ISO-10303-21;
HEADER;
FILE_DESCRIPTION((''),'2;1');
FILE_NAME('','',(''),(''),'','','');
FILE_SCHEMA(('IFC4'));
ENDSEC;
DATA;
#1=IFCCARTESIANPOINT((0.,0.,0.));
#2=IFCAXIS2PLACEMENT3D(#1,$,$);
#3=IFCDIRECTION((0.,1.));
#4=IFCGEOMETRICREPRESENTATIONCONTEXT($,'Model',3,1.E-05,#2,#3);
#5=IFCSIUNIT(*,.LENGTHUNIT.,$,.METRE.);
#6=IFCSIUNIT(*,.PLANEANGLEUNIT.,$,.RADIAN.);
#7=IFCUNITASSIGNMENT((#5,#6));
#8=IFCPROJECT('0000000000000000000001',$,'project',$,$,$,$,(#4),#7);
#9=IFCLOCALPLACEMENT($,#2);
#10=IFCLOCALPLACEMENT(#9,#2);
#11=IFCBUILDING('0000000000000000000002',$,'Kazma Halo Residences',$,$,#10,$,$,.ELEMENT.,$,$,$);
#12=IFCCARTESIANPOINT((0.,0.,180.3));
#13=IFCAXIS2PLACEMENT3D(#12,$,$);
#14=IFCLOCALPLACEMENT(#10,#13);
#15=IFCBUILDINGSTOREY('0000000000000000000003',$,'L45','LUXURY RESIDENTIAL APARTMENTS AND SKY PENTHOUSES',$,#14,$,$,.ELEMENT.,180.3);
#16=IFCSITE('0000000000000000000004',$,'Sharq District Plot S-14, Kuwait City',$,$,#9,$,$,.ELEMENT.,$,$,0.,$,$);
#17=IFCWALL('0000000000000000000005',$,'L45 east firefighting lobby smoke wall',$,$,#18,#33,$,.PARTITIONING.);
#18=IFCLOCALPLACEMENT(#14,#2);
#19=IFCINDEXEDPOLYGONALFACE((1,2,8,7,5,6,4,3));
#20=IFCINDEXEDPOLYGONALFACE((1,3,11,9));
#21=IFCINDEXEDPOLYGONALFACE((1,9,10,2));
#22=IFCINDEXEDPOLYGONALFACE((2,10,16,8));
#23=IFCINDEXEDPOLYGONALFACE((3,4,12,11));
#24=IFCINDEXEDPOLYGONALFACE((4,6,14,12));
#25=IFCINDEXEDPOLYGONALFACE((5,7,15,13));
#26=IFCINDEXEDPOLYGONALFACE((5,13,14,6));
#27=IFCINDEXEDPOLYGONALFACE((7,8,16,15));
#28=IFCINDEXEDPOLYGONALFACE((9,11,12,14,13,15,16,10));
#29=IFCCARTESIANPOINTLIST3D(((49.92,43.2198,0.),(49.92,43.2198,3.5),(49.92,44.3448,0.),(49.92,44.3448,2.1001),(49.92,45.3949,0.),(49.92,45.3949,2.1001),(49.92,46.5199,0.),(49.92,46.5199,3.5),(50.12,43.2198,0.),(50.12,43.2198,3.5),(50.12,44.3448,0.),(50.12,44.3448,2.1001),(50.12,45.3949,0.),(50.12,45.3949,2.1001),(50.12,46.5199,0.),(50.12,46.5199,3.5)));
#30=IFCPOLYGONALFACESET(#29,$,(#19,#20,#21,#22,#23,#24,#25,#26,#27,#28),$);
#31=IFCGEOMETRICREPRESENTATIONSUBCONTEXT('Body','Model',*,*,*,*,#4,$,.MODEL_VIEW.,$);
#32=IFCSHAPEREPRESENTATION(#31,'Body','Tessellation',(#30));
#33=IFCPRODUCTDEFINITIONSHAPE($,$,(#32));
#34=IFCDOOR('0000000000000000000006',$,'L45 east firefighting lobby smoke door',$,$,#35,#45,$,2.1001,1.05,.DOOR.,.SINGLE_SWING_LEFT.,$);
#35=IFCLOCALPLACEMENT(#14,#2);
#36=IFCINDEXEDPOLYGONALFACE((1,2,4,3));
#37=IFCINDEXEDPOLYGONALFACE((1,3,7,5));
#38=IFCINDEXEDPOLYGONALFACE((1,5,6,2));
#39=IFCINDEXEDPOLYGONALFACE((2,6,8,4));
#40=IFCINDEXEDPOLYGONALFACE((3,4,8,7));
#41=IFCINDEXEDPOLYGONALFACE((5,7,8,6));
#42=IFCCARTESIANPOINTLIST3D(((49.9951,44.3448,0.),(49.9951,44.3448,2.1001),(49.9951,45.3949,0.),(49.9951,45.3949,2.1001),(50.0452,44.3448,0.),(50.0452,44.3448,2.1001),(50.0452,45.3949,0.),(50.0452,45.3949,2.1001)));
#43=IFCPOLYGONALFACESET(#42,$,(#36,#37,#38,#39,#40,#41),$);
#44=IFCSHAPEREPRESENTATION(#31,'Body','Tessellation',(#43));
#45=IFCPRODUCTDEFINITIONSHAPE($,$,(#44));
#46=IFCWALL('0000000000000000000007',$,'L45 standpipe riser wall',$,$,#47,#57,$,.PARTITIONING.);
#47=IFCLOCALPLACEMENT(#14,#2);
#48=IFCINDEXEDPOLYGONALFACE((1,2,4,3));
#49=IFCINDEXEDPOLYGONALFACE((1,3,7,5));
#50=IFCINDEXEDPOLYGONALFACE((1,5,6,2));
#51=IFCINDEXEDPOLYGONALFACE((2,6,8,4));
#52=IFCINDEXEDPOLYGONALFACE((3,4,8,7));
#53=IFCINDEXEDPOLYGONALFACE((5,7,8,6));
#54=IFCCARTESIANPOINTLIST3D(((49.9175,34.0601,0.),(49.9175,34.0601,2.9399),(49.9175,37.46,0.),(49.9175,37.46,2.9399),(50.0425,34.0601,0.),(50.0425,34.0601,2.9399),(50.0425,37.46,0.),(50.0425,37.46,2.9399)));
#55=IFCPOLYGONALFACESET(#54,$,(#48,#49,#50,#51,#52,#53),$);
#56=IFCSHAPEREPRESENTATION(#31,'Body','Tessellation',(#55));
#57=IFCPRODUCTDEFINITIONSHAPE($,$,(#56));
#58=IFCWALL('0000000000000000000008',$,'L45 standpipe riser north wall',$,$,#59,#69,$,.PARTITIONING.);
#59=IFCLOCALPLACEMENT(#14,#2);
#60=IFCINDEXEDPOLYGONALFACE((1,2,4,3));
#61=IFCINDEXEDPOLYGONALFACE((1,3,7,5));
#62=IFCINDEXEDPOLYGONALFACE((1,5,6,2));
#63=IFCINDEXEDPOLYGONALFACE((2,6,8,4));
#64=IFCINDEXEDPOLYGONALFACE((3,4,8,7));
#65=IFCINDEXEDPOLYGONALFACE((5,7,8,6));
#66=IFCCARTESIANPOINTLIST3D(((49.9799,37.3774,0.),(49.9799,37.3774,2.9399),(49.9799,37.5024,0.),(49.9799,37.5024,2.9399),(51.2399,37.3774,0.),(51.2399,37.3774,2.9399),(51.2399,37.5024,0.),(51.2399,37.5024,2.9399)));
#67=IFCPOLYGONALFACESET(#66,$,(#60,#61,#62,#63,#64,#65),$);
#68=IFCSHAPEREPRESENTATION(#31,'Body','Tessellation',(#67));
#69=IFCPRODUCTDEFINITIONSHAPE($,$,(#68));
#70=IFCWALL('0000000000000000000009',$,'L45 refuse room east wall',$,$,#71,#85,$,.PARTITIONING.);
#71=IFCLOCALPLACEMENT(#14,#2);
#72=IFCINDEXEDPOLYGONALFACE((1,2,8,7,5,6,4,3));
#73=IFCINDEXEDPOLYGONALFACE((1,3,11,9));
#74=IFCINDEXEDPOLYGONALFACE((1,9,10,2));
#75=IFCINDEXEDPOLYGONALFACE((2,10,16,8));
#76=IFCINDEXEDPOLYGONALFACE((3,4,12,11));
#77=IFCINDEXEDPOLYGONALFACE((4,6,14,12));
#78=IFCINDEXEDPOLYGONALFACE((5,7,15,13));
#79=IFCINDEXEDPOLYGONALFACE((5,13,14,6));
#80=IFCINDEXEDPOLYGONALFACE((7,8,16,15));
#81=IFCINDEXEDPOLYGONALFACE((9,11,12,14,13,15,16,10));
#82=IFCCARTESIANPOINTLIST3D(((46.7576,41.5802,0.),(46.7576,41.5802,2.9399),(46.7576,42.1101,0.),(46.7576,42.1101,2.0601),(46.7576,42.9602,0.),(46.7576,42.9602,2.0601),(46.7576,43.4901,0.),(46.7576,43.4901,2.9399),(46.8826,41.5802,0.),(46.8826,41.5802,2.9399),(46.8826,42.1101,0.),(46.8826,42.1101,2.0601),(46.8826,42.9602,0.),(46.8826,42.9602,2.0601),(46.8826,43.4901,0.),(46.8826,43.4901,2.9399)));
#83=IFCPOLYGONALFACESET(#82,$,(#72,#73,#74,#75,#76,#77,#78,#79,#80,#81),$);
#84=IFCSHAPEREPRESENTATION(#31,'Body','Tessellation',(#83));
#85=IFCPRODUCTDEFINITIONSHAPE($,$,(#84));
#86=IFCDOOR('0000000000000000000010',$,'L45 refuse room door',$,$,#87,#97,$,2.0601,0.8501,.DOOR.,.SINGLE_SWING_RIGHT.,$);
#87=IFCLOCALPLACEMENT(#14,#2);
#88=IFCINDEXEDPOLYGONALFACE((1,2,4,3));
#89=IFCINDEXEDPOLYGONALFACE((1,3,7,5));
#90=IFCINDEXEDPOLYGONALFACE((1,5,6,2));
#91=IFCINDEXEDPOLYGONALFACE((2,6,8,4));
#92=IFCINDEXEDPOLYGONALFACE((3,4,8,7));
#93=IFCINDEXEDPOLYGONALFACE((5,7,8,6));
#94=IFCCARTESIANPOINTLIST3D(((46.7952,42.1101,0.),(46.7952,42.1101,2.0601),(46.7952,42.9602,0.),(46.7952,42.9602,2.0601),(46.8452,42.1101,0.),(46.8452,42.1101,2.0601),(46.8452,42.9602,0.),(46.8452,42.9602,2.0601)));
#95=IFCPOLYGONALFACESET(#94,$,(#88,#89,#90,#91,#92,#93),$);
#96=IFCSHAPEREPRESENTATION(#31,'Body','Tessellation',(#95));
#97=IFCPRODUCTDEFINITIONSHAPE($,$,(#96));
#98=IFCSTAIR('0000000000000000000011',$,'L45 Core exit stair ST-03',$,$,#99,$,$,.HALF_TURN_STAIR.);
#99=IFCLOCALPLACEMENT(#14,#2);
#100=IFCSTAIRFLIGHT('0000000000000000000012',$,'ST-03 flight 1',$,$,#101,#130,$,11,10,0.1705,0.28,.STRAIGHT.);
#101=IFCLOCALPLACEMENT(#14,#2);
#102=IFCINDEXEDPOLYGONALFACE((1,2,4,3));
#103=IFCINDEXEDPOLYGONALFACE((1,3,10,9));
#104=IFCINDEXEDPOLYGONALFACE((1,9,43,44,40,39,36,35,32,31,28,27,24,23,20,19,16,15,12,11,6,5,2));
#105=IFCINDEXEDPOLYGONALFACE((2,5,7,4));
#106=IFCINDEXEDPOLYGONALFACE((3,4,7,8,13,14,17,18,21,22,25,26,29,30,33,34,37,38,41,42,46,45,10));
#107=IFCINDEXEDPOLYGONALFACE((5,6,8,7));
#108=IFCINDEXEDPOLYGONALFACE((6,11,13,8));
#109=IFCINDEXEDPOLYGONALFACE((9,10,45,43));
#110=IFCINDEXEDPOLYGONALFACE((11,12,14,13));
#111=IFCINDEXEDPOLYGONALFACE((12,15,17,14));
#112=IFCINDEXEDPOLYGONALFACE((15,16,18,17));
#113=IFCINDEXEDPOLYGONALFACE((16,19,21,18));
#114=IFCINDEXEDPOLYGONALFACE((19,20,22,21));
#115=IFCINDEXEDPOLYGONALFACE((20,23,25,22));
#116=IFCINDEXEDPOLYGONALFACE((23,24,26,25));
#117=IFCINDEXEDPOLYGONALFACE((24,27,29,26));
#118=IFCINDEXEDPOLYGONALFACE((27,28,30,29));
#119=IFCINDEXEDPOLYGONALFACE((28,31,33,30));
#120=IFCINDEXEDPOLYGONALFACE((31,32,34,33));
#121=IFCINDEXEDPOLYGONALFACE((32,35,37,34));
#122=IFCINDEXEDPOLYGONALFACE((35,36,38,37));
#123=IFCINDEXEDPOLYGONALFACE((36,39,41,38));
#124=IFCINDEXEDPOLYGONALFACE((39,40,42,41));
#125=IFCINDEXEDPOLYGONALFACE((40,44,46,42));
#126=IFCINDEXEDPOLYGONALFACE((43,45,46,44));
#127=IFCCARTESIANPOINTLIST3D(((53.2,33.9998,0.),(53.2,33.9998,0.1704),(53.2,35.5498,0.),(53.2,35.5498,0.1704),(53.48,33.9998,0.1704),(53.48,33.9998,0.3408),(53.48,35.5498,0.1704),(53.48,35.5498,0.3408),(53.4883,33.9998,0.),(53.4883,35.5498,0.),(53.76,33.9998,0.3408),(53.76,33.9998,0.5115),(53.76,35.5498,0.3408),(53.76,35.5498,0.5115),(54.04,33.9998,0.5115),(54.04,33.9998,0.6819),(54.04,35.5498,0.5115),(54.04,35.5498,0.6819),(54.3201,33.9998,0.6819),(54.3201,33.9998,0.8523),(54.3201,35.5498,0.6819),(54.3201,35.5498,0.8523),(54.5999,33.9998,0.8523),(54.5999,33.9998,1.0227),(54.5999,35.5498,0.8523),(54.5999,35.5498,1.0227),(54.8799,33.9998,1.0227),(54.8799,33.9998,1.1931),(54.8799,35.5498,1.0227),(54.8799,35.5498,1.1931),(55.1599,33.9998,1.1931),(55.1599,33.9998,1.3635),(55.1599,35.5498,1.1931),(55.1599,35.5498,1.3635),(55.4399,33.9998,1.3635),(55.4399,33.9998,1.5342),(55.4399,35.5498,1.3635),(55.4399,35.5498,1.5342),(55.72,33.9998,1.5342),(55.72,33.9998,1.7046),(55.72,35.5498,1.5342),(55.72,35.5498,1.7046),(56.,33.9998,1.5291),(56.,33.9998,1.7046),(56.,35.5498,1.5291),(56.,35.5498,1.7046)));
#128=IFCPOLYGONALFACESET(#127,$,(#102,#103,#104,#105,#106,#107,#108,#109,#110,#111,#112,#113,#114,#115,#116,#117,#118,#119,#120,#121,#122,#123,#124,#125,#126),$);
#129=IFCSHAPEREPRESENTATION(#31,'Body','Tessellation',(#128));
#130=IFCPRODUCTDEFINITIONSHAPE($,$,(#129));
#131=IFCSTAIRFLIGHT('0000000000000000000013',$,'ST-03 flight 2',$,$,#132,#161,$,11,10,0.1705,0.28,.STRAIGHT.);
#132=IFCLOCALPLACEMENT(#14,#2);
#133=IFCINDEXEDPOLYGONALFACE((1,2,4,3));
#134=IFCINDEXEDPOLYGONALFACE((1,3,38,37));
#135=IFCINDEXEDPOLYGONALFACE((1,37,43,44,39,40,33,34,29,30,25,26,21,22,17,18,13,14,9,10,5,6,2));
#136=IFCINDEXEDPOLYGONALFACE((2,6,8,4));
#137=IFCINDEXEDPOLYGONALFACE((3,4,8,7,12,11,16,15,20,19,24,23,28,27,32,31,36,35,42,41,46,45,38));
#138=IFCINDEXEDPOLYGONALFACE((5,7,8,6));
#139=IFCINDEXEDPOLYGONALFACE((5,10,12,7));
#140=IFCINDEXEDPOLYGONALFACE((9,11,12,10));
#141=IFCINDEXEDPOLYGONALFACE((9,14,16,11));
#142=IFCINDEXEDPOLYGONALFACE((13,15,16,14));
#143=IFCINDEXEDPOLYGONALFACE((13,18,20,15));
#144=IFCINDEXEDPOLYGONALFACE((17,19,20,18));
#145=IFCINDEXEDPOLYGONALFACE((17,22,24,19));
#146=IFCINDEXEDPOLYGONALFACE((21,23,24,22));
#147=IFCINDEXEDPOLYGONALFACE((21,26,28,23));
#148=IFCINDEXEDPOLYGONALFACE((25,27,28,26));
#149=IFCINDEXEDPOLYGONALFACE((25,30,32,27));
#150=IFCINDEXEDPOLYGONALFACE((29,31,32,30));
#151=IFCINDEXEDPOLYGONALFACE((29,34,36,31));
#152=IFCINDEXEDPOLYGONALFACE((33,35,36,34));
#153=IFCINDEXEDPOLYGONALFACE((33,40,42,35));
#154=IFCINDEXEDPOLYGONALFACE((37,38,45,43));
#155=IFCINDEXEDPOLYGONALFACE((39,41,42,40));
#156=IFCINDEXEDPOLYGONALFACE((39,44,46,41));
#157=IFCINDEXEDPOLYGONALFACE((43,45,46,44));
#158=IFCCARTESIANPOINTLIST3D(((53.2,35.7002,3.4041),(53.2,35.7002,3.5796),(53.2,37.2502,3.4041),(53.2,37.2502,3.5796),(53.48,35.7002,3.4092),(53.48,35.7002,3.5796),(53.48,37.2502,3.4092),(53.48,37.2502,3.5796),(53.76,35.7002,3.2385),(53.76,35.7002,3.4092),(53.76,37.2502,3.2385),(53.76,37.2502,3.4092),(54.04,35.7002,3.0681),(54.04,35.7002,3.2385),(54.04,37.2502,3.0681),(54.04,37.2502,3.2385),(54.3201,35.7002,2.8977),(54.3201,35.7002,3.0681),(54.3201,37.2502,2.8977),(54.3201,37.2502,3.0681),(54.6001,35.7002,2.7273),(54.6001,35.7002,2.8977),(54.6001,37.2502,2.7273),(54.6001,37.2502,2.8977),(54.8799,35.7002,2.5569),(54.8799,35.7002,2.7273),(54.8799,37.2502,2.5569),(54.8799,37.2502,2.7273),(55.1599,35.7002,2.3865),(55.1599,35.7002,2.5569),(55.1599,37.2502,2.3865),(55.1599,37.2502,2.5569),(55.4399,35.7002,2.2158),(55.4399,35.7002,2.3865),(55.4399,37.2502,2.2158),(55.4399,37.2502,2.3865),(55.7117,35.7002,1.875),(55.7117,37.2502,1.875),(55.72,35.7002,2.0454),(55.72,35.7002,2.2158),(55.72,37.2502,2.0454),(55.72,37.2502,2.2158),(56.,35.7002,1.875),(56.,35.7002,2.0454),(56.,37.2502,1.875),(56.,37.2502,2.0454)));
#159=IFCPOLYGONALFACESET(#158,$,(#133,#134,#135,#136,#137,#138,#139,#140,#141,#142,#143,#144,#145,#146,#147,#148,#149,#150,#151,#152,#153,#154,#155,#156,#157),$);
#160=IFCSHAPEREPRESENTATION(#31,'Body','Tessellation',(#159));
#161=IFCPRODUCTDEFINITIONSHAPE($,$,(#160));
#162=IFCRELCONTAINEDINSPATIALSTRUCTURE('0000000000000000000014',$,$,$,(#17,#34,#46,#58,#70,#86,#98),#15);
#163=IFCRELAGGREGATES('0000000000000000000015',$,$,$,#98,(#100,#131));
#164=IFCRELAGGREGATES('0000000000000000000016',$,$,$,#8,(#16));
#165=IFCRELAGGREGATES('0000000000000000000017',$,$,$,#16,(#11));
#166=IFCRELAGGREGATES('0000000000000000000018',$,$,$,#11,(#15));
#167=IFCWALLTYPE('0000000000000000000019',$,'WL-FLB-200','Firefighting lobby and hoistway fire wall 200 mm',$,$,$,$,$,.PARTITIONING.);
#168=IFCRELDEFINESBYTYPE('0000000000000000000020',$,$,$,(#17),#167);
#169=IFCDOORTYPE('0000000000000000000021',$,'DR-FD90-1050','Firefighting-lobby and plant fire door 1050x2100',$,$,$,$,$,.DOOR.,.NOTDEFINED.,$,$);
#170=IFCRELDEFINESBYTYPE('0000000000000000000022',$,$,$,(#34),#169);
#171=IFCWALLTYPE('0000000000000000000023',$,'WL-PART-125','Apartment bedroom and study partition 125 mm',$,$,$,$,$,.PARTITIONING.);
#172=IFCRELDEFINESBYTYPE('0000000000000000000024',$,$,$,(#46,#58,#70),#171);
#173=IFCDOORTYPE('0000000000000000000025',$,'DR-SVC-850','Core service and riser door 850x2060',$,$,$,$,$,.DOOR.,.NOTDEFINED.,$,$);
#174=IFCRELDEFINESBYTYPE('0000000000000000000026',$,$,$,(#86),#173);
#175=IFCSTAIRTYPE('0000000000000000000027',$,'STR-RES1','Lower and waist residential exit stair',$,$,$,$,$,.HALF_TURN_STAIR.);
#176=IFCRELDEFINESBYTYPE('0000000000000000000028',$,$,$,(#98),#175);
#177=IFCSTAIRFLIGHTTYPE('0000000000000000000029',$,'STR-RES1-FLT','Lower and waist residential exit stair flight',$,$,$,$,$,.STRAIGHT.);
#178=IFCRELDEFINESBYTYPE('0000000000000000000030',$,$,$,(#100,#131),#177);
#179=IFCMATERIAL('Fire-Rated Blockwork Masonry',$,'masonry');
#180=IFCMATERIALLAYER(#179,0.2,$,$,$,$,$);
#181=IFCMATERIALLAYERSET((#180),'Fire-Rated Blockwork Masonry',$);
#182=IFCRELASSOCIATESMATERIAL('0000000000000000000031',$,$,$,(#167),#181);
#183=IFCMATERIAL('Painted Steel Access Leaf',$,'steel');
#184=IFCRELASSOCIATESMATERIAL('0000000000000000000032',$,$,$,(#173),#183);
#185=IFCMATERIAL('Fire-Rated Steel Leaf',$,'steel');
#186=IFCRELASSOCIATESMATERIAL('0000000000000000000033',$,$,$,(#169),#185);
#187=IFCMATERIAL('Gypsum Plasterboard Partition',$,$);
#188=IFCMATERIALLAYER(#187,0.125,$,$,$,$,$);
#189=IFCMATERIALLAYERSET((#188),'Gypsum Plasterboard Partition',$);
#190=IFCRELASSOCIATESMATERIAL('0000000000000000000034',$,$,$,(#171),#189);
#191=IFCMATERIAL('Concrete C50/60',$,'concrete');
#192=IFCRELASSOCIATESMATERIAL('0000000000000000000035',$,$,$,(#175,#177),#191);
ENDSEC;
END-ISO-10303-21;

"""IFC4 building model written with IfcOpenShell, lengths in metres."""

from ifc_helpers import new_model, si_unit, direction, frame, frame_2d, origin, place, context, subcontext, project, spatial, polyline, rectangle, outline, extrude, material, layer, layer_set, type_object, element, fill, aggregate, save


model = new_model("IFC4")

# Units and contexts
model_context = context("Model", 3, precision=1e-05, world=origin(), true_north=direction((0.0, 1.0)))
body_context = subcontext(model_context, "Body", "Model", "MODEL_VIEW")
ifc_project = project(units=[si_unit("LENGTHUNIT", "METRE"), si_unit("PLANEANGLEUNIT", "RADIAN")], contexts=[model_context])

# Site, building, storey
site_placement = place(None, origin())
site = spatial("IfcSite", under=ifc_project, at=site_placement, Name="Sharq District Plot S-14, Kuwait City", CompositionType="ELEMENT", RefElevation=0.0)
building_placement = place(site_placement, origin())
building = spatial("IfcBuilding", under=site, at=building_placement, Name="Kazma Halo Residences", CompositionType="ELEMENT")
storey_placement = place(building_placement, frame((0.0, 0.0, 180.3)))
storey = spatial("IfcBuildingStorey", under=building, at=storey_placement, Name="L45", Description="LUXURY RESIDENTIAL APARTMENTS AND SKY PENTHOUSES", CompositionType="ELEMENT", Elevation=180.3)

# Shared definitions
ifc_material_1 = material(Name="Fire-Rated Blockwork Masonry", Category="masonry")
ifc_layer_1 = layer(ifc_material_1, 0.2)
ifc_layer_set_1 = layer_set([ifc_layer_1], Name="Fire-Rated Blockwork Masonry")
wall_type_1 = type_object("IfcWallType", Name="WL-FLB-200", Description="Firefighting lobby and hoistway fire wall 200 mm", PredefinedType="PARTITIONING", material=ifc_layer_set_1)

# Shared definitions
ifc_material_2 = material(Name="Painted Steel Access Leaf", Category="steel")
door_type_1 = type_object("IfcDoorType", Name="DR-SVC-850", Description="Core service and riser door 850x2060", OperationType="NOTDEFINED", PredefinedType="DOOR", material=ifc_material_2)
ifc_material_3 = material(Name="Fire-Rated Steel Leaf", Category="steel")
door_type_2 = type_object("IfcDoorType", Name="DR-FD90-1050", Description="Firefighting-lobby and plant fire door 1050x2100", OperationType="NOTDEFINED", PredefinedType="DOOR", material=ifc_material_3)

# Wall, opening, door
wall_1_placement = place(storey_placement, frame((50.02, 43.22, 0.0), z_axis=(0.0, 0.0, 1.0), x_axis=(0.0, 1.0, 0.0)))
wall_1 = element("IfcWall", 1, at=wall_1_placement, inside=storey, type_object=wall_type_1, Name="L45 east firefighting lobby smoke wall", PredefinedType="PARTITIONING", context=body_context, shape_type="SweptSolid", body=[
    extrude(rectangle(XDim=3.3, YDim=0.2, at=frame_2d((1.6499, 0.0))), origin(), (0.0, 0.0, 1.0), 3.5),
])
opening_1_placement = place(wall_1_placement, frame((1.125, 0.0, 0.0)))
opening_1 = element("IfcOpeningElement", 2, at=opening_1_placement, cuts=wall_1, PredefinedType="OPENING", context=body_context, shape_type="SweptSolid", body=[
    extrude(rectangle(XDim=1.05, YDim=2.1001, at=frame_2d((0.5249, 1.05))), frame((0.0, 0.1099, 0.0), z_axis=(0.0, -1.0, 0.0), x_axis=(1.0, 0.0, 0.0)), (0.0, 0.0, 1.0), 0.22),
])
door_1_placement = place(opening_1_placement, origin())
door_1 = element("IfcDoor", 3, at=door_1_placement, inside=storey, type_object=door_type_2, Name="L45 east firefighting lobby smoke door", OperationType="SINGLE_SWING_LEFT", OverallHeight=2.1001, OverallWidth=1.05, PredefinedType="DOOR", context=body_context, shape_type="SweptSolid", body=[
    extrude(rectangle(XDim=1.05, YDim=2.1001, at=frame_2d((0.5249, 1.05))), frame((0.0, 0.0249, 0.0), z_axis=(0.0, -1.0, 0.0), x_axis=(1.0, 0.0, 0.0)), (0.0, 0.0, 1.0), 0.05),
])
fill(opening_1, door_1)

# Walls
ifc_material_4 = material(Name="Gypsum Plasterboard Partition")
ifc_layer_2 = layer(ifc_material_4, 0.125)
ifc_layer_set_2 = layer_set([ifc_layer_2], Name="Gypsum Plasterboard Partition")
wall_type_2 = type_object("IfcWallType", Name="WL-PART-125", Description="Apartment bedroom and study partition 125 mm", PredefinedType="PARTITIONING", material=ifc_layer_set_2)
wall_2_placement = place(storey_placement, frame((49.98, 34.0601, 0.0), z_axis=(0.0, 0.0, 1.0), x_axis=(0.0, 1.0, 0.0)))
element("IfcWall", 4, at=wall_2_placement, inside=storey, type_object=wall_type_2, Name="L45 standpipe riser wall", PredefinedType="PARTITIONING", context=body_context, shape_type="SweptSolid", body=[
    extrude(rectangle(XDim=3.3999, YDim=0.125, at=frame_2d((1.7, 0.0))), origin(), (0.0, 0.0, 1.0), 2.9399),
])
wall_3_placement = place(storey_placement, frame((49.98, 37.4399, 0.0), z_axis=(0.0, 0.0, 1.0), x_axis=(1.0, 0.0, 0.0)))
element("IfcWall", 5, at=wall_3_placement, inside=storey, type_object=wall_type_2, Name="L45 standpipe riser north wall", PredefinedType="PARTITIONING", context=body_context, shape_type="SweptSolid", body=[
    extrude(rectangle(XDim=1.26, YDim=0.125, at=frame_2d((0.6299, 0.0))), origin(), (0.0, 0.0, 1.0), 2.9399),
])

# Wall, opening, door
wall_4_placement = place(storey_placement, frame((46.8201, 41.5801, 0.0), z_axis=(0.0, 0.0, 1.0), x_axis=(0.0, 1.0, 0.0)))
wall_4 = element("IfcWall", 6, at=wall_4_placement, inside=storey, type_object=wall_type_2, Name="L45 refuse room east wall", PredefinedType="PARTITIONING", context=body_context, shape_type="SweptSolid", body=[
    extrude(rectangle(XDim=1.9099, YDim=0.125, at=frame_2d((0.9551, 0.0))), origin(), (0.0, 0.0, 1.0), 2.9399),
])
opening_2_placement = place(wall_4_placement, frame((0.53, 0.0, 0.0)))
opening_2 = element("IfcOpeningElement", 7, at=opening_2_placement, cuts=wall_4, PredefinedType="OPENING", context=body_context, shape_type="SweptSolid", body=[
    extrude(rectangle(XDim=0.8501, YDim=2.0601, at=frame_2d((0.425, 1.03))), frame((0.0, 0.0725, 0.0), z_axis=(0.0, -1.0, 0.0), x_axis=(1.0, 0.0, 0.0)), (0.0, 0.0, 1.0), 0.145),
])
door_2_placement = place(opening_2_placement, origin())
door_2 = element("IfcDoor", 8, at=door_2_placement, inside=storey, type_object=door_type_1, Name="L45 refuse room door", OperationType="SINGLE_SWING_RIGHT", OverallHeight=2.0601, OverallWidth=0.8501, PredefinedType="DOOR", context=body_context, shape_type="SweptSolid", body=[
    extrude(rectangle(XDim=0.8501, YDim=2.0601, at=frame_2d((0.425, 1.03))), frame((0.0, 0.0249, 0.0), z_axis=(0.0, -1.0, 0.0), x_axis=(1.0, 0.0, 0.0)), (0.0, 0.0, 1.0), 0.05),
])
fill(opening_2, door_2)
ifc_material_5 = material(Name="Concrete C50/60", Category="concrete")

# Stair, stair flights
stair_type = type_object("IfcStairType", Name="STR-RES1", Description="Lower and waist residential exit stair", PredefinedType="HALF_TURN_STAIR", material=ifc_material_5)
stair_placement = place(storey_placement, origin())
stair = element("IfcStair", 9, at=stair_placement, inside=storey, type_object=stair_type, Name="L45 Core exit stair ST-03", PredefinedType="HALF_TURN_STAIR")
stair_flight_type = type_object("IfcStairFlightType", Name="STR-RES1-FLT", Description="Lower and waist residential exit stair flight", PredefinedType="STRAIGHT", material=ifc_material_5)
stair_flight_1_placement = place(storey_placement, frame((53.2, 34.7749, 0.0), z_axis=(0.0, 0.0, 1.0), x_axis=(1.0, 0.0, 0.0)))
stair_flight_1 = element("IfcStairFlight", 10, at=stair_flight_1_placement, type_object=stair_flight_type, Name="ST-03 flight 1", NumberOfRisers=11, NumberOfTreads=10, PredefinedType="STRAIGHT", RiserHeight=0.1705, TreadLength=0.28, context=body_context, shape_type="SweptSolid", body=[
    extrude(outline(polyline([(0.0, 0.0), (0.0, 0.1704), (0.28, 0.1704), (0.28, 0.3408), (0.5601, 0.3408), (0.5601, 0.5115), (0.8401, 0.5115), (0.8401, 0.6819), (1.1201, 0.6819), (1.1201, 0.8523), (1.3999, 0.8523), (1.3999, 1.0227), (1.6799, 1.0227), (1.6799, 1.1931), (1.96, 1.1931), (1.96, 1.3635), (2.24, 1.3635), (2.24, 1.5342), (2.52, 1.5342), (2.52, 1.7046), (2.8, 1.7046), (2.8, 1.875), (2.8, 1.5291), (0.2883, 0.0), (0.0, 0.0)])), frame((0.0, 0.7749, 0.0), z_axis=(0.0, -1.0, 0.0), x_axis=(1.0, 0.0, 0.0)), (0.0, 0.0, 1.0), 1.55),
])
stair_flight_2_placement = place(storey_placement, frame((56.0, 36.4751, 1.875), z_axis=(0.0, 0.0, 1.0), x_axis=(-1.0, 0.0, 0.0)))
stair_flight_2 = element("IfcStairFlight", 11, at=stair_flight_2_placement, type_object=stair_flight_type, Name="ST-03 flight 2", NumberOfRisers=11, NumberOfTreads=10, PredefinedType="STRAIGHT", RiserHeight=0.1705, TreadLength=0.28, context=body_context, shape_type="SweptSolid", body=[
    extrude(outline(polyline([(0.0, 0.0), (0.0, 0.1704), (0.28, 0.1704), (0.28, 0.3408), (0.5601, 0.3408), (0.5601, 0.5115), (0.8401, 0.5115), (0.8401, 0.6819), (1.1201, 0.6819), (1.1201, 0.8523), (1.3999, 0.8523), (1.3999, 1.0227), (1.6799, 1.0227), (1.6799, 1.1931), (1.96, 1.1931), (1.96, 1.3635), (2.24, 1.3635), (2.24, 1.5342), (2.52, 1.5342), (2.52, 1.7046), (2.8, 1.7046), (2.8, 1.875), (2.8, 1.5291), (0.2883, 0.0), (0.0, 0.0)])), frame((0.0, 0.7749, 0.0), z_axis=(0.0, -1.0, 0.0), x_axis=(1.0, 0.0, 0.0)), (0.0, 0.0, 1.0), 1.55),
])
aggregate(stair, [stair_flight_1, stair_flight_2])

save(model, "model.ifc")
